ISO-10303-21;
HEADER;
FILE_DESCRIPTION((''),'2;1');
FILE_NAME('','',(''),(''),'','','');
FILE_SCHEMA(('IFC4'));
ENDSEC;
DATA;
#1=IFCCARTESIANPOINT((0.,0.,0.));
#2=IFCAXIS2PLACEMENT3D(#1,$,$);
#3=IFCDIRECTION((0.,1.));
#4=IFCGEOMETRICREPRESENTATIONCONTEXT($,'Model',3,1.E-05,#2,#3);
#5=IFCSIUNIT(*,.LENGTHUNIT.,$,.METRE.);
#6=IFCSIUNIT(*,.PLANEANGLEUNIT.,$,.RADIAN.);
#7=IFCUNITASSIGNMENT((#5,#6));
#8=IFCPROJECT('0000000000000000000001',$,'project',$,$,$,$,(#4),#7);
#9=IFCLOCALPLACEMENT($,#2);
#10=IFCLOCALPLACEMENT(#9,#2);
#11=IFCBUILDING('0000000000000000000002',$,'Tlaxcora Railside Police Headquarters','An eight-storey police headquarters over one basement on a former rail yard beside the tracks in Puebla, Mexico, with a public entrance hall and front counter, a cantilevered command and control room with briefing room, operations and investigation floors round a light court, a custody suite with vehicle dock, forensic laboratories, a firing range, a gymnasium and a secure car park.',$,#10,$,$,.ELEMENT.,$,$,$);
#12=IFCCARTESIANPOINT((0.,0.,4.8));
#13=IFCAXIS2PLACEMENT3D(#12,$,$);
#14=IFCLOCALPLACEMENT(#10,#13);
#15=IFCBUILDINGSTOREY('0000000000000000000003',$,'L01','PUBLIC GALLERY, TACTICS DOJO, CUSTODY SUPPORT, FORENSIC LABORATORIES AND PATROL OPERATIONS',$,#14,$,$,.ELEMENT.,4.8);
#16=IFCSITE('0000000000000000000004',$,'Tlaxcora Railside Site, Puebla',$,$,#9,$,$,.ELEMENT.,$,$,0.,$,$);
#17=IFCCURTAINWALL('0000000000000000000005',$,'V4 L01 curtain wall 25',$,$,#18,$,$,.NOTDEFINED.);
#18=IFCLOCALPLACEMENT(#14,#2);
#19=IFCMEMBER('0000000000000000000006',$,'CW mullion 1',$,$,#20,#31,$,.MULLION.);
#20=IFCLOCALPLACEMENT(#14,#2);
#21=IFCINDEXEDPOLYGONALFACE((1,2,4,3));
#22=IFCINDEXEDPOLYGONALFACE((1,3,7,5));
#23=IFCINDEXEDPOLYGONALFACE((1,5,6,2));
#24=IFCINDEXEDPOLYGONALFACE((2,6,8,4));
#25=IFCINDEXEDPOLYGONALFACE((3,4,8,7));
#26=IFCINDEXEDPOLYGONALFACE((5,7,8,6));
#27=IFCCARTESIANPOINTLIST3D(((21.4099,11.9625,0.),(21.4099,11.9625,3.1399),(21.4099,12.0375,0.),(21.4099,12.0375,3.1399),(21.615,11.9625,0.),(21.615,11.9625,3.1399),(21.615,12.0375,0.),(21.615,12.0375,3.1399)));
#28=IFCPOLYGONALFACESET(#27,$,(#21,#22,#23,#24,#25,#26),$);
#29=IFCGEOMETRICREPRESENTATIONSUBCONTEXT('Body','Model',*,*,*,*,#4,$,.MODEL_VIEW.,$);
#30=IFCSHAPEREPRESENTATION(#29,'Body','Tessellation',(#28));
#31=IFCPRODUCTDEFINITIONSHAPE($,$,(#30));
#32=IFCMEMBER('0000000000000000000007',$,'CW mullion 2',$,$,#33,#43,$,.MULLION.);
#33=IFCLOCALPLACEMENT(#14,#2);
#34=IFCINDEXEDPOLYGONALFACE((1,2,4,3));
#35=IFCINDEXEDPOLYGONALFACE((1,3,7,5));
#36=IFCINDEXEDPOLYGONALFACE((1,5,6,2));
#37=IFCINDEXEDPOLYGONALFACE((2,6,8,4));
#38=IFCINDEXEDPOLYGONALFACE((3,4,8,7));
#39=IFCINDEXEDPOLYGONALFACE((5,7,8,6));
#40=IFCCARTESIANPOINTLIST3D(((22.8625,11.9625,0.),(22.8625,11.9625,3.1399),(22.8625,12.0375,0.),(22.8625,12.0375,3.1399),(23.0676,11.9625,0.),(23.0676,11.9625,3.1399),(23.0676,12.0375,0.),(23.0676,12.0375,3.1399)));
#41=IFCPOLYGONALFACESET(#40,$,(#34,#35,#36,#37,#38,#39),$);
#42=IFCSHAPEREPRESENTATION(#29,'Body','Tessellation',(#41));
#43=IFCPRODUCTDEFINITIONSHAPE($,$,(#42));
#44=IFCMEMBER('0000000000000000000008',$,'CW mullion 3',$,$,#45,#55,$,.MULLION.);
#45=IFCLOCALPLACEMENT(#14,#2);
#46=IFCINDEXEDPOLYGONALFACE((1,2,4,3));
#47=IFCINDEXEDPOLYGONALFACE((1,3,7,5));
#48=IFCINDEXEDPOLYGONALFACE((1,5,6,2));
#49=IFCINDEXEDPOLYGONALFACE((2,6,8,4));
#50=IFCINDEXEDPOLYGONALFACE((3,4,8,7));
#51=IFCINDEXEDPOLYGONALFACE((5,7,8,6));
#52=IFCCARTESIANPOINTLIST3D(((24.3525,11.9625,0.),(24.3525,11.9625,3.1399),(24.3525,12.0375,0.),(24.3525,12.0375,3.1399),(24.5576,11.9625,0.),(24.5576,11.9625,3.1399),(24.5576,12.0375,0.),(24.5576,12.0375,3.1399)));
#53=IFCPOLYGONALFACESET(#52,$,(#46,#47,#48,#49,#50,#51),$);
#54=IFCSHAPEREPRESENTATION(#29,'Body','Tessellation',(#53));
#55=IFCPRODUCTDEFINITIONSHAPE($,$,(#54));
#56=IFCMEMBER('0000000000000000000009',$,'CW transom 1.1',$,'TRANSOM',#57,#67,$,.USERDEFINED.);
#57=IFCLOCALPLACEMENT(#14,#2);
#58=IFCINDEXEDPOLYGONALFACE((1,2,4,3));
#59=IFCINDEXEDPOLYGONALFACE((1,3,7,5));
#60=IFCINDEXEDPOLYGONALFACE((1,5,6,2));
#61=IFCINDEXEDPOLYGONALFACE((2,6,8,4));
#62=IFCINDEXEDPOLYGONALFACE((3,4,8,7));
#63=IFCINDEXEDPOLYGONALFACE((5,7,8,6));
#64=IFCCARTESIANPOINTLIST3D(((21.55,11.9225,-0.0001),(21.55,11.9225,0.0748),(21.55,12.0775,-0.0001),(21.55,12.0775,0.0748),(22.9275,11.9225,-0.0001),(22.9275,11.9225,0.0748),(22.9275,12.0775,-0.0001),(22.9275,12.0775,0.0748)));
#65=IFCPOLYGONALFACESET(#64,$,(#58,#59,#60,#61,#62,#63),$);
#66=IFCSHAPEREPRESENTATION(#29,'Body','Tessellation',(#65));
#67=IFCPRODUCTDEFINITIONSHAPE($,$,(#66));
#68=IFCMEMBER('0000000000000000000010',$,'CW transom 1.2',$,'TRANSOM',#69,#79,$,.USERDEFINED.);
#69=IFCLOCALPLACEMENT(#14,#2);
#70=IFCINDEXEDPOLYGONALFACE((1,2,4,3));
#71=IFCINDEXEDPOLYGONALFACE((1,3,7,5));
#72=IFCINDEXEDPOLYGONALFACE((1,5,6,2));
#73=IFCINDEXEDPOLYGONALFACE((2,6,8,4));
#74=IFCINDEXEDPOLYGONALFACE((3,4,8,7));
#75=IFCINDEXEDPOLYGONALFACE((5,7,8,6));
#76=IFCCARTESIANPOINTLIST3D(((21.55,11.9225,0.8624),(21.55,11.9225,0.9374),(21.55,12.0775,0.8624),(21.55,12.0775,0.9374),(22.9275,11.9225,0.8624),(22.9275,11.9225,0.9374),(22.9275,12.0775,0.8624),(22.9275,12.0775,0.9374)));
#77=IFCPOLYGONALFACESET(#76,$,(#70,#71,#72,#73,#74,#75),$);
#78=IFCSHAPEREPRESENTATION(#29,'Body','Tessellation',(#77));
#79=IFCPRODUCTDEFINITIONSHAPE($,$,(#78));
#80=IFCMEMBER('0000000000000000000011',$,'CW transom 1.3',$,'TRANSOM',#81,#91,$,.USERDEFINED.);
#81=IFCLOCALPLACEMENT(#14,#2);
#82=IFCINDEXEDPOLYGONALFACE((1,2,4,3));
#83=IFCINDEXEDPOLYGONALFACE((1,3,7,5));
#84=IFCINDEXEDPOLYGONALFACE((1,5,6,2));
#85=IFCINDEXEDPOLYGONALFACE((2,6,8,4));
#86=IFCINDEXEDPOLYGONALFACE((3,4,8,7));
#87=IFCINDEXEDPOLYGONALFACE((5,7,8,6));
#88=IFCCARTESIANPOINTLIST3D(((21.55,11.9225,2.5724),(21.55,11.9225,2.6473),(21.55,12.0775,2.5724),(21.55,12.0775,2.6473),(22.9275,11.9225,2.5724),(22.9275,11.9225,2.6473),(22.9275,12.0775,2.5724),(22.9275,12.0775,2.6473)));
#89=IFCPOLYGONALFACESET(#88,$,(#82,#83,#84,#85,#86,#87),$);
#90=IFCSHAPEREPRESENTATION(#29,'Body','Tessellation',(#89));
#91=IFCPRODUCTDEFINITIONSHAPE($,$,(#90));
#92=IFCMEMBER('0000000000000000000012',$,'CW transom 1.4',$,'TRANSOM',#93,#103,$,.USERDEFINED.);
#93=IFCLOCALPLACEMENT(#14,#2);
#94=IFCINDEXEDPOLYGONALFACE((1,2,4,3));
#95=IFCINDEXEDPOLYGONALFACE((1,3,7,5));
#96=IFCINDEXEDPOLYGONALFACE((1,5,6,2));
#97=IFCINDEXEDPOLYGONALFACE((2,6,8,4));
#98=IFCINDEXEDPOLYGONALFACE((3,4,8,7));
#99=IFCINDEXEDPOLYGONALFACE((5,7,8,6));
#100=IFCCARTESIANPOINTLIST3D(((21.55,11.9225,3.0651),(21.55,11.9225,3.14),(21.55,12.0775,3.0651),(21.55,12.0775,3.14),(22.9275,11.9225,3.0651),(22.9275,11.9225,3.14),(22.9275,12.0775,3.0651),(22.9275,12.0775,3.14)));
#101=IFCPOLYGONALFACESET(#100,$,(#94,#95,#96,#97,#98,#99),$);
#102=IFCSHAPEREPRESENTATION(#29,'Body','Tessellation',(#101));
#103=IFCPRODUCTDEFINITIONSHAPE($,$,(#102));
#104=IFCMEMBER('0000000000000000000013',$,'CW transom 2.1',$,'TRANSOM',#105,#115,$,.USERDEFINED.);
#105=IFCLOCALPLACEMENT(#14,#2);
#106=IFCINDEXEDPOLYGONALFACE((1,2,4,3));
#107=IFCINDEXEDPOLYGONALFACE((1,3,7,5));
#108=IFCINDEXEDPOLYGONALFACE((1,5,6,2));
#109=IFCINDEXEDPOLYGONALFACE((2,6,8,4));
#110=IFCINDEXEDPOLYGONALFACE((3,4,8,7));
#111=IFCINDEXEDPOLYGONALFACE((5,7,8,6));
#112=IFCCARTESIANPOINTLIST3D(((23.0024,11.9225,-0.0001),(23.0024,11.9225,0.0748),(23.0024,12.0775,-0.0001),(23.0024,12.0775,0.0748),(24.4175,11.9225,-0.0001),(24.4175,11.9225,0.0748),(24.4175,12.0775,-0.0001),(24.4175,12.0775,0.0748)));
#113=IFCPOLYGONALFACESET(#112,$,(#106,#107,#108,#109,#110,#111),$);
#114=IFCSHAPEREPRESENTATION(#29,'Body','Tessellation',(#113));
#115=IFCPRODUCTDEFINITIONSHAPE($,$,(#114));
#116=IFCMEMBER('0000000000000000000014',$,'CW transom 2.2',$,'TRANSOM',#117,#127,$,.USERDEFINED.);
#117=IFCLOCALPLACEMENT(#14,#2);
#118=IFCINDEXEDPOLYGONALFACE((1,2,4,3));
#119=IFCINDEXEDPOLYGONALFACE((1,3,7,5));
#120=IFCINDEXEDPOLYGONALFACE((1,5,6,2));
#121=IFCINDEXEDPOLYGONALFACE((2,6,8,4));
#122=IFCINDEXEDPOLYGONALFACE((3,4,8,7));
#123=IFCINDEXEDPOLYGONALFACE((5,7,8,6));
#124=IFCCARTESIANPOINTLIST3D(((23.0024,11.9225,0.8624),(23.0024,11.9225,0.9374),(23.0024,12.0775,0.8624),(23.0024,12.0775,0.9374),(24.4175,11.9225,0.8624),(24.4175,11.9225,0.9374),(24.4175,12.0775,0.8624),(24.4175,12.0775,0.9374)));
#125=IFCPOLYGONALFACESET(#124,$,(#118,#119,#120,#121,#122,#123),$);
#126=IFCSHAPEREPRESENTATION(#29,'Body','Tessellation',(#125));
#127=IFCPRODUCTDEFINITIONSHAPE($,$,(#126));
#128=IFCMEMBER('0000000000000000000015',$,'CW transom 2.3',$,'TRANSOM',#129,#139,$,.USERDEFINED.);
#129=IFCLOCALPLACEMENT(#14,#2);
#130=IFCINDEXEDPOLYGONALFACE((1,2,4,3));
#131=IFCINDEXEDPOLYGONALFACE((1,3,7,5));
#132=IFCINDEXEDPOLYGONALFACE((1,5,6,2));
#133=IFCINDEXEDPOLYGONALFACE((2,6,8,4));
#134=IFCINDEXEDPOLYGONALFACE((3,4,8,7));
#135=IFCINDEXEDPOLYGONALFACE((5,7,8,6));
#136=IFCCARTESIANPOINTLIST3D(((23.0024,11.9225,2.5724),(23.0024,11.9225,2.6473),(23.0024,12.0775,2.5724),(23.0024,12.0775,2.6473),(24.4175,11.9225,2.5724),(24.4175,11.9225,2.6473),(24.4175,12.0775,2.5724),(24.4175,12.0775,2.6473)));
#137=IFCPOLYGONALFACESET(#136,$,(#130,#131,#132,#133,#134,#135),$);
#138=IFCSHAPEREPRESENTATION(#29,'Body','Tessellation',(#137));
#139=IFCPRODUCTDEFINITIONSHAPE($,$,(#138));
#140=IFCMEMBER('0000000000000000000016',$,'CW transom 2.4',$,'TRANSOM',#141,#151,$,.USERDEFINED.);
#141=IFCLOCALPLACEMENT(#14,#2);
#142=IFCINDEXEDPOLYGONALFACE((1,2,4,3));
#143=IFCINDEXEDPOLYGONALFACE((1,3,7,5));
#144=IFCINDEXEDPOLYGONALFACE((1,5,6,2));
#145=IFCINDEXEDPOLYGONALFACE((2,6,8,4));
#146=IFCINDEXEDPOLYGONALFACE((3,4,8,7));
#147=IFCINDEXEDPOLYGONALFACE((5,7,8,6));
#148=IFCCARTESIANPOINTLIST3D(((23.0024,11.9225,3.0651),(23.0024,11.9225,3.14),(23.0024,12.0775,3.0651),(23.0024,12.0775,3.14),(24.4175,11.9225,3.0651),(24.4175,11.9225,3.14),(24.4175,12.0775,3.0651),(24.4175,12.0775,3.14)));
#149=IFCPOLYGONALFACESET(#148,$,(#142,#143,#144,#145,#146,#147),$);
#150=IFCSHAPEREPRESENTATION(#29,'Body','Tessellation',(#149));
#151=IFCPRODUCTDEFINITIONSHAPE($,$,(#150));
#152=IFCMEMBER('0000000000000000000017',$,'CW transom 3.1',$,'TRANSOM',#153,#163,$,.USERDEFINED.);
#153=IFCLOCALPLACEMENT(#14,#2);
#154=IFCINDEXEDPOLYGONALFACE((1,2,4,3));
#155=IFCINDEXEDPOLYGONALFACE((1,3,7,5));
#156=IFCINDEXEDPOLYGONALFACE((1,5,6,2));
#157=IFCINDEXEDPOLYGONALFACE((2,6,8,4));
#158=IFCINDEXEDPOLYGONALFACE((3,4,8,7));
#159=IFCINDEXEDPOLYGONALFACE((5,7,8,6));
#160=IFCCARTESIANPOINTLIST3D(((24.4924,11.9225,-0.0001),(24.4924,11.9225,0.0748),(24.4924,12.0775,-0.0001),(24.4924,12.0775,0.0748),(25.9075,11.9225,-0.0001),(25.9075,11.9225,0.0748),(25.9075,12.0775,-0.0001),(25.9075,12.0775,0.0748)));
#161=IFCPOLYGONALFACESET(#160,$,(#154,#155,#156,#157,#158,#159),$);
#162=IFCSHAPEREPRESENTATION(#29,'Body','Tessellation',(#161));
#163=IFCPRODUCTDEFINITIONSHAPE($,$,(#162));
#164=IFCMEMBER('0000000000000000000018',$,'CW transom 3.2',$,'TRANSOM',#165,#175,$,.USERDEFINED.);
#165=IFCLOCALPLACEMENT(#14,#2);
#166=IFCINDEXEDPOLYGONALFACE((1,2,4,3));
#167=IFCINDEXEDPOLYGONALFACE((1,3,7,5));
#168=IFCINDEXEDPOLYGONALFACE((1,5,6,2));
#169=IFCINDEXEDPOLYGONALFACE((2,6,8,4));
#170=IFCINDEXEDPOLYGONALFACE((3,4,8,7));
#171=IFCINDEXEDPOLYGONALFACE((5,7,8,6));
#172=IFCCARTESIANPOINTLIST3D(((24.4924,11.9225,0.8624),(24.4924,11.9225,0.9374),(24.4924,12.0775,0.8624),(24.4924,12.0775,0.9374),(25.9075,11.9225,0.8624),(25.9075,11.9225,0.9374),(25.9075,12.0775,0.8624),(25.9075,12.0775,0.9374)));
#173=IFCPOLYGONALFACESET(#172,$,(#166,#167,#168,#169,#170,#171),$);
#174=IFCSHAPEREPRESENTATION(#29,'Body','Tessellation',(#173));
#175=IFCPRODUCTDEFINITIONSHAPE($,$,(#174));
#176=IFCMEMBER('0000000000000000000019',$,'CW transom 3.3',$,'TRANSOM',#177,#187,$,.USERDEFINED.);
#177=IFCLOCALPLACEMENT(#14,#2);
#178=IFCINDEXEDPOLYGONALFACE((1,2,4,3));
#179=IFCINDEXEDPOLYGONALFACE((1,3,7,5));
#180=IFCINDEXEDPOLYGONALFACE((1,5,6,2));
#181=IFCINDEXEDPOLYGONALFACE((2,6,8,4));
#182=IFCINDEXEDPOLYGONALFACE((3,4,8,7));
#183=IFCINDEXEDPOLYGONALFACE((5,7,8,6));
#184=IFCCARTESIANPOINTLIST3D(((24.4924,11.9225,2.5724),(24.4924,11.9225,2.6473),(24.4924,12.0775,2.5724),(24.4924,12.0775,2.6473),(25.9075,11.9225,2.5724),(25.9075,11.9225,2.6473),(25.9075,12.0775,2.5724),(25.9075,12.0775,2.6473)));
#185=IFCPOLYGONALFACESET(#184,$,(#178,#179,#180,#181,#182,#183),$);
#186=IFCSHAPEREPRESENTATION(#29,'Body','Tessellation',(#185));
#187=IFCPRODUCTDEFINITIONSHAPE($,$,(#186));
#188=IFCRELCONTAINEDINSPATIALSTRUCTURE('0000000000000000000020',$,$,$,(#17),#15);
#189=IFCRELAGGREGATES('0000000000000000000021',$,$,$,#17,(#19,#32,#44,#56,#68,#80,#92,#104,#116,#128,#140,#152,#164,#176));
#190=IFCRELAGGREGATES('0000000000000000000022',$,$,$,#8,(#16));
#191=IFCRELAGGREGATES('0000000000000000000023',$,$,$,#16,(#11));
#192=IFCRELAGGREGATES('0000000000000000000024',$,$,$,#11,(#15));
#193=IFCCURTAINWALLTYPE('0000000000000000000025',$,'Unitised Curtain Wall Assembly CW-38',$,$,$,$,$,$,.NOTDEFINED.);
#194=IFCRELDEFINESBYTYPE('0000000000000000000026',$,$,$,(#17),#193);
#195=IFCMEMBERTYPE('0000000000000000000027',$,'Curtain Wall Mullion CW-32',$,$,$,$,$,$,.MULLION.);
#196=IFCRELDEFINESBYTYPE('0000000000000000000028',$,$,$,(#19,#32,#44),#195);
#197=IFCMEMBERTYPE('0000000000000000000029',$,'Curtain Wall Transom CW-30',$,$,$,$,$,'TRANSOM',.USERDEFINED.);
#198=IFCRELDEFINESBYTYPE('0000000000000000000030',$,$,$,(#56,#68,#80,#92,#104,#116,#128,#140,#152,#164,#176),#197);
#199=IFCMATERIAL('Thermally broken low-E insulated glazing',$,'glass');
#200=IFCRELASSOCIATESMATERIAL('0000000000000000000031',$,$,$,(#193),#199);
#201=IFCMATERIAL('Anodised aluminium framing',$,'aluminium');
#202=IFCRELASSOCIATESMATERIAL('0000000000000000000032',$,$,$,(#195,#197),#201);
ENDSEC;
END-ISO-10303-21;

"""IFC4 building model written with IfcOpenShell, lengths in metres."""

from ifc_helpers import new_model, si_unit, direction, frame, origin, origin_2d, place, context, subcontext, project, spatial, rectangle, extrude, material, material_profile, profile_set, type_object, element, aggregate, save


model = new_model("IFC4")

# Units and contexts
model_context = context("Model", 3, precision=1e-05, world=origin(), true_north=direction((0.0, 1.0)))
body_context = subcontext(model_context, "Body", "Model", "MODEL_VIEW")
ifc_project = project(units=[si_unit("LENGTHUNIT", "METRE"), si_unit("PLANEANGLEUNIT", "RADIAN")], contexts=[model_context])

# Site, building, storey
site_placement = place(None, origin())
site = spatial("IfcSite", under=ifc_project, at=site_placement, Name="Tlaxcora Railside Site, Puebla", CompositionType="ELEMENT", RefElevation=0.0)
building_placement = place(site_placement, origin())
building = spatial("IfcBuilding", under=site, at=building_placement, Name="Tlaxcora Railside Police Headquarters", Description="An eight-storey police headquarters over one basement on a former rail yard beside the tracks in Puebla, Mexico, with a public entrance hall and front counter, a cantilevered command and control room with briefing room, operations and investigation floors round a light court, a custody suite with vehicle dock, forensic laboratories, a firing range, a gymnasium and a secure car park.", CompositionType="ELEMENT")
storey_placement = place(building_placement, frame((0.0, 0.0, 4.8)))
storey = spatial("IfcBuildingStorey", under=building, at=storey_placement, Name="L01", Description="PUBLIC GALLERY, TACTICS DOJO, CUSTODY SUPPORT, FORENSIC LABORATORIES AND PATROL OPERATIONS", CompositionType="ELEMENT", Elevation=4.8)

# Curtain wall, members
ifc_material_1 = material(Name="Thermally broken low-E insulated glazing", Category="glass")
curtain_wall_type = type_object("IfcCurtainWallType", Name="Unitised Curtain Wall Assembly CW-38", PredefinedType="NOTDEFINED", material=ifc_material_1)
curtain_wall_placement = place(storey_placement, origin())
curtain_wall = element("IfcCurtainWall", 1, at=curtain_wall_placement, inside=storey, type_object=curtain_wall_type, Name="V4 L01 curtain wall 25", PredefinedType="NOTDEFINED")
ifc_material_2 = material(Name="Anodised aluminium framing", Category="aluminium")
ifc_material_profile_1 = material_profile(ifc_material_2, rectangle(XDim=0.075, YDim=0.2051, at=origin_2d()), Name="AL75X205")
ifc_profile_set_1 = profile_set([ifc_material_profile_1], Name="Anodised aluminium framing")
member_type_1 = type_object("IfcMemberType", Name="Curtain Wall Mullion CW-32", PredefinedType="MULLION", material=ifc_profile_set_1)
member_1_placement = place(storey_placement, frame((21.5125, 12.0, 0.0), z_axis=(0.0, 0.0, 1.0), x_axis=(0.0, 1.0, 0.0)))
member_1 = element("IfcMember", 2, at=member_1_placement, type_object=member_type_1, Name="CW mullion 1", PredefinedType="MULLION", context=body_context, shape_type="SweptSolid", body=[
    extrude(rectangle(XDim=0.075, YDim=0.2051, at=origin_2d()), origin(), (0.0, 0.0, 1.0), 3.1399),
])
member_2_placement = place(storey_placement, frame((22.9651, 12.0, 0.0), z_axis=(0.0, 0.0, 1.0), x_axis=(0.0, 1.0, 0.0)))
member_2 = element("IfcMember", 3, at=member_2_placement, type_object=member_type_1, Name="CW mullion 2", PredefinedType="MULLION", context=body_context, shape_type="SweptSolid", body=[
    extrude(rectangle(XDim=0.075, YDim=0.2051, at=origin_2d()), origin(), (0.0, 0.0, 1.0), 3.1399),
])
member_3_placement = place(storey_placement, frame((24.4551, 12.0, 0.0), z_axis=(0.0, 0.0, 1.0), x_axis=(0.0, 1.0, 0.0)))
member_3 = element("IfcMember", 4, at=member_3_placement, type_object=member_type_1, Name="CW mullion 3", PredefinedType="MULLION", context=body_context, shape_type="SweptSolid", body=[
    extrude(rectangle(XDim=0.075, YDim=0.2051, at=origin_2d()), origin(), (0.0, 0.0, 1.0), 3.1399),
])
ifc_material_profile_2 = material_profile(ifc_material_2, rectangle(XDim=0.155, YDim=0.075, at=origin_2d()), Name="AL75X155")
ifc_profile_set_2 = profile_set([ifc_material_profile_2], Name="Anodised aluminium framing")
member_type_2 = type_object("IfcMemberType", Name="Curtain Wall Transom CW-30", ElementType="TRANSOM", PredefinedType="USERDEFINED", material=ifc_profile_set_2)
member_4_placement = place(storey_placement, frame((21.55, 12.0, 0.0374), z_axis=(1.0, 0.0, 0.0), x_axis=(0.0, 1.0, 0.0)))
member_4 = element("IfcMember", 5, at=member_4_placement, type_object=member_type_2, Name="CW transom 1.1", ObjectType="TRANSOM", PredefinedType="USERDEFINED", context=body_context, shape_type="SweptSolid", body=[
    extrude(rectangle(XDim=0.155, YDim=0.075, at=origin_2d()), origin(), (0.0, 0.0, 1.0), 1.3774),
])
member_5_placement = place(storey_placement, frame((21.55, 12.0, 0.8999), z_axis=(1.0, 0.0, 0.0), x_axis=(0.0, 1.0, 0.0)))
member_5 = element("IfcMember", 6, at=member_5_placement, type_object=member_type_2, Name="CW transom 1.2", ObjectType="TRANSOM", PredefinedType="USERDEFINED", context=body_context, shape_type="SweptSolid", body=[
    extrude(rectangle(XDim=0.155, YDim=0.075, at=origin_2d()), origin(), (0.0, 0.0, 1.0), 1.3774),
])
member_6_placement = place(storey_placement, frame((21.55, 12.0, 2.6099), z_axis=(1.0, 0.0, 0.0), x_axis=(0.0, 1.0, 0.0)))
member_6 = element("IfcMember", 7, at=member_6_placement, type_object=member_type_2, Name="CW transom 1.3", ObjectType="TRANSOM", PredefinedType="USERDEFINED", context=body_context, shape_type="SweptSolid", body=[
    extrude(rectangle(XDim=0.155, YDim=0.075, at=origin_2d()), origin(), (0.0, 0.0, 1.0), 1.3774),
])
member_7_placement = place(storey_placement, frame((21.55, 12.0, 3.1025), z_axis=(1.0, 0.0, 0.0), x_axis=(0.0, 1.0, 0.0)))
member_7 = element("IfcMember", 8, at=member_7_placement, type_object=member_type_2, Name="CW transom 1.4", ObjectType="TRANSOM", PredefinedType="USERDEFINED", context=body_context, shape_type="SweptSolid", body=[
    extrude(rectangle(XDim=0.155, YDim=0.075, at=origin_2d()), origin(), (0.0, 0.0, 1.0), 1.3774),
])
member_8_placement = place(storey_placement, frame((23.0024, 12.0, 0.0374), z_axis=(1.0, 0.0, 0.0), x_axis=(0.0, 1.0, 0.0)))
member_8 = element("IfcMember", 9, at=member_8_placement, type_object=member_type_2, Name="CW transom 2.1", ObjectType="TRANSOM", PredefinedType="USERDEFINED", context=body_context, shape_type="SweptSolid", body=[
    extrude(rectangle(XDim=0.155, YDim=0.075, at=origin_2d()), origin(), (0.0, 0.0, 1.0), 1.415),
])
member_9_placement = place(storey_placement, frame((23.0024, 12.0, 0.8999), z_axis=(1.0, 0.0, 0.0), x_axis=(0.0, 1.0, 0.0)))
member_9 = element("IfcMember", 10, at=member_9_placement, type_object=member_type_2, Name="CW transom 2.2", ObjectType="TRANSOM", PredefinedType="USERDEFINED", context=body_context, shape_type="SweptSolid", body=[
    extrude(rectangle(XDim=0.155, YDim=0.075, at=origin_2d()), origin(), (0.0, 0.0, 1.0), 1.415),
])
member_10_placement = place(storey_placement, frame((23.0024, 12.0, 2.6099), z_axis=(1.0, 0.0, 0.0), x_axis=(0.0, 1.0, 0.0)))
member_10 = element("IfcMember", 11, at=member_10_placement, type_object=member_type_2, Name="CW transom 2.3", ObjectType="TRANSOM", PredefinedType="USERDEFINED", context=body_context, shape_type="SweptSolid", body=[
    extrude(rectangle(XDim=0.155, YDim=0.075, at=origin_2d()), origin(), (0.0, 0.0, 1.0), 1.415),
])
member_11_placement = place(storey_placement, frame((23.0024, 12.0, 3.1025), z_axis=(1.0, 0.0, 0.0), x_axis=(0.0, 1.0, 0.0)))
member_11 = element("IfcMember", 12, at=member_11_placement, type_object=member_type_2, Name="CW transom 2.4", ObjectType="TRANSOM", PredefinedType="USERDEFINED", context=body_context, shape_type="SweptSolid", body=[
    extrude(rectangle(XDim=0.155, YDim=0.075, at=origin_2d()), origin(), (0.0, 0.0, 1.0), 1.415),
])
member_12_placement = place(storey_placement, frame((24.4924, 12.0, 0.0374), z_axis=(1.0, 0.0, 0.0), x_axis=(0.0, 1.0, 0.0)))
member_12 = element("IfcMember", 13, at=member_12_placement, type_object=member_type_2, Name="CW transom 3.1", ObjectType="TRANSOM", PredefinedType="USERDEFINED", context=body_context, shape_type="SweptSolid", body=[
    extrude(rectangle(XDim=0.155, YDim=0.075, at=origin_2d()), origin(), (0.0, 0.0, 1.0), 1.415),
])
member_13_placement = place(storey_placement, frame((24.4924, 12.0, 0.8999), z_axis=(1.0, 0.0, 0.0), x_axis=(0.0, 1.0, 0.0)))
member_13 = element("IfcMember", 14, at=member_13_placement, type_object=member_type_2, Name="CW transom 3.2", ObjectType="TRANSOM", PredefinedType="USERDEFINED", context=body_context, shape_type="SweptSolid", body=[
    extrude(rectangle(XDim=0.155, YDim=0.075, at=origin_2d()), origin(), (0.0, 0.0, 1.0), 1.415),
])
member_14_placement = place(storey_placement, frame((24.4924, 12.0, 2.6099), z_axis=(1.0, 0.0, 0.0), x_axis=(0.0, 1.0, 0.0)))
member_14 = element("IfcMember", 15, at=member_14_placement, type_object=member_type_2, Name="CW transom 3.3", ObjectType="TRANSOM", PredefinedType="USERDEFINED", context=body_context, shape_type="SweptSolid", body=[
    extrude(rectangle(XDim=0.155, YDim=0.075, at=origin_2d()), origin(), (0.0, 0.0, 1.0), 1.415),
])

aggregate(curtain_wall, [member_1, member_2, member_3, member_4, member_5, member_6, member_7, member_8, member_9, member_10, member_11, member_12, member_13, member_14])

save(model, "model.ifc")
